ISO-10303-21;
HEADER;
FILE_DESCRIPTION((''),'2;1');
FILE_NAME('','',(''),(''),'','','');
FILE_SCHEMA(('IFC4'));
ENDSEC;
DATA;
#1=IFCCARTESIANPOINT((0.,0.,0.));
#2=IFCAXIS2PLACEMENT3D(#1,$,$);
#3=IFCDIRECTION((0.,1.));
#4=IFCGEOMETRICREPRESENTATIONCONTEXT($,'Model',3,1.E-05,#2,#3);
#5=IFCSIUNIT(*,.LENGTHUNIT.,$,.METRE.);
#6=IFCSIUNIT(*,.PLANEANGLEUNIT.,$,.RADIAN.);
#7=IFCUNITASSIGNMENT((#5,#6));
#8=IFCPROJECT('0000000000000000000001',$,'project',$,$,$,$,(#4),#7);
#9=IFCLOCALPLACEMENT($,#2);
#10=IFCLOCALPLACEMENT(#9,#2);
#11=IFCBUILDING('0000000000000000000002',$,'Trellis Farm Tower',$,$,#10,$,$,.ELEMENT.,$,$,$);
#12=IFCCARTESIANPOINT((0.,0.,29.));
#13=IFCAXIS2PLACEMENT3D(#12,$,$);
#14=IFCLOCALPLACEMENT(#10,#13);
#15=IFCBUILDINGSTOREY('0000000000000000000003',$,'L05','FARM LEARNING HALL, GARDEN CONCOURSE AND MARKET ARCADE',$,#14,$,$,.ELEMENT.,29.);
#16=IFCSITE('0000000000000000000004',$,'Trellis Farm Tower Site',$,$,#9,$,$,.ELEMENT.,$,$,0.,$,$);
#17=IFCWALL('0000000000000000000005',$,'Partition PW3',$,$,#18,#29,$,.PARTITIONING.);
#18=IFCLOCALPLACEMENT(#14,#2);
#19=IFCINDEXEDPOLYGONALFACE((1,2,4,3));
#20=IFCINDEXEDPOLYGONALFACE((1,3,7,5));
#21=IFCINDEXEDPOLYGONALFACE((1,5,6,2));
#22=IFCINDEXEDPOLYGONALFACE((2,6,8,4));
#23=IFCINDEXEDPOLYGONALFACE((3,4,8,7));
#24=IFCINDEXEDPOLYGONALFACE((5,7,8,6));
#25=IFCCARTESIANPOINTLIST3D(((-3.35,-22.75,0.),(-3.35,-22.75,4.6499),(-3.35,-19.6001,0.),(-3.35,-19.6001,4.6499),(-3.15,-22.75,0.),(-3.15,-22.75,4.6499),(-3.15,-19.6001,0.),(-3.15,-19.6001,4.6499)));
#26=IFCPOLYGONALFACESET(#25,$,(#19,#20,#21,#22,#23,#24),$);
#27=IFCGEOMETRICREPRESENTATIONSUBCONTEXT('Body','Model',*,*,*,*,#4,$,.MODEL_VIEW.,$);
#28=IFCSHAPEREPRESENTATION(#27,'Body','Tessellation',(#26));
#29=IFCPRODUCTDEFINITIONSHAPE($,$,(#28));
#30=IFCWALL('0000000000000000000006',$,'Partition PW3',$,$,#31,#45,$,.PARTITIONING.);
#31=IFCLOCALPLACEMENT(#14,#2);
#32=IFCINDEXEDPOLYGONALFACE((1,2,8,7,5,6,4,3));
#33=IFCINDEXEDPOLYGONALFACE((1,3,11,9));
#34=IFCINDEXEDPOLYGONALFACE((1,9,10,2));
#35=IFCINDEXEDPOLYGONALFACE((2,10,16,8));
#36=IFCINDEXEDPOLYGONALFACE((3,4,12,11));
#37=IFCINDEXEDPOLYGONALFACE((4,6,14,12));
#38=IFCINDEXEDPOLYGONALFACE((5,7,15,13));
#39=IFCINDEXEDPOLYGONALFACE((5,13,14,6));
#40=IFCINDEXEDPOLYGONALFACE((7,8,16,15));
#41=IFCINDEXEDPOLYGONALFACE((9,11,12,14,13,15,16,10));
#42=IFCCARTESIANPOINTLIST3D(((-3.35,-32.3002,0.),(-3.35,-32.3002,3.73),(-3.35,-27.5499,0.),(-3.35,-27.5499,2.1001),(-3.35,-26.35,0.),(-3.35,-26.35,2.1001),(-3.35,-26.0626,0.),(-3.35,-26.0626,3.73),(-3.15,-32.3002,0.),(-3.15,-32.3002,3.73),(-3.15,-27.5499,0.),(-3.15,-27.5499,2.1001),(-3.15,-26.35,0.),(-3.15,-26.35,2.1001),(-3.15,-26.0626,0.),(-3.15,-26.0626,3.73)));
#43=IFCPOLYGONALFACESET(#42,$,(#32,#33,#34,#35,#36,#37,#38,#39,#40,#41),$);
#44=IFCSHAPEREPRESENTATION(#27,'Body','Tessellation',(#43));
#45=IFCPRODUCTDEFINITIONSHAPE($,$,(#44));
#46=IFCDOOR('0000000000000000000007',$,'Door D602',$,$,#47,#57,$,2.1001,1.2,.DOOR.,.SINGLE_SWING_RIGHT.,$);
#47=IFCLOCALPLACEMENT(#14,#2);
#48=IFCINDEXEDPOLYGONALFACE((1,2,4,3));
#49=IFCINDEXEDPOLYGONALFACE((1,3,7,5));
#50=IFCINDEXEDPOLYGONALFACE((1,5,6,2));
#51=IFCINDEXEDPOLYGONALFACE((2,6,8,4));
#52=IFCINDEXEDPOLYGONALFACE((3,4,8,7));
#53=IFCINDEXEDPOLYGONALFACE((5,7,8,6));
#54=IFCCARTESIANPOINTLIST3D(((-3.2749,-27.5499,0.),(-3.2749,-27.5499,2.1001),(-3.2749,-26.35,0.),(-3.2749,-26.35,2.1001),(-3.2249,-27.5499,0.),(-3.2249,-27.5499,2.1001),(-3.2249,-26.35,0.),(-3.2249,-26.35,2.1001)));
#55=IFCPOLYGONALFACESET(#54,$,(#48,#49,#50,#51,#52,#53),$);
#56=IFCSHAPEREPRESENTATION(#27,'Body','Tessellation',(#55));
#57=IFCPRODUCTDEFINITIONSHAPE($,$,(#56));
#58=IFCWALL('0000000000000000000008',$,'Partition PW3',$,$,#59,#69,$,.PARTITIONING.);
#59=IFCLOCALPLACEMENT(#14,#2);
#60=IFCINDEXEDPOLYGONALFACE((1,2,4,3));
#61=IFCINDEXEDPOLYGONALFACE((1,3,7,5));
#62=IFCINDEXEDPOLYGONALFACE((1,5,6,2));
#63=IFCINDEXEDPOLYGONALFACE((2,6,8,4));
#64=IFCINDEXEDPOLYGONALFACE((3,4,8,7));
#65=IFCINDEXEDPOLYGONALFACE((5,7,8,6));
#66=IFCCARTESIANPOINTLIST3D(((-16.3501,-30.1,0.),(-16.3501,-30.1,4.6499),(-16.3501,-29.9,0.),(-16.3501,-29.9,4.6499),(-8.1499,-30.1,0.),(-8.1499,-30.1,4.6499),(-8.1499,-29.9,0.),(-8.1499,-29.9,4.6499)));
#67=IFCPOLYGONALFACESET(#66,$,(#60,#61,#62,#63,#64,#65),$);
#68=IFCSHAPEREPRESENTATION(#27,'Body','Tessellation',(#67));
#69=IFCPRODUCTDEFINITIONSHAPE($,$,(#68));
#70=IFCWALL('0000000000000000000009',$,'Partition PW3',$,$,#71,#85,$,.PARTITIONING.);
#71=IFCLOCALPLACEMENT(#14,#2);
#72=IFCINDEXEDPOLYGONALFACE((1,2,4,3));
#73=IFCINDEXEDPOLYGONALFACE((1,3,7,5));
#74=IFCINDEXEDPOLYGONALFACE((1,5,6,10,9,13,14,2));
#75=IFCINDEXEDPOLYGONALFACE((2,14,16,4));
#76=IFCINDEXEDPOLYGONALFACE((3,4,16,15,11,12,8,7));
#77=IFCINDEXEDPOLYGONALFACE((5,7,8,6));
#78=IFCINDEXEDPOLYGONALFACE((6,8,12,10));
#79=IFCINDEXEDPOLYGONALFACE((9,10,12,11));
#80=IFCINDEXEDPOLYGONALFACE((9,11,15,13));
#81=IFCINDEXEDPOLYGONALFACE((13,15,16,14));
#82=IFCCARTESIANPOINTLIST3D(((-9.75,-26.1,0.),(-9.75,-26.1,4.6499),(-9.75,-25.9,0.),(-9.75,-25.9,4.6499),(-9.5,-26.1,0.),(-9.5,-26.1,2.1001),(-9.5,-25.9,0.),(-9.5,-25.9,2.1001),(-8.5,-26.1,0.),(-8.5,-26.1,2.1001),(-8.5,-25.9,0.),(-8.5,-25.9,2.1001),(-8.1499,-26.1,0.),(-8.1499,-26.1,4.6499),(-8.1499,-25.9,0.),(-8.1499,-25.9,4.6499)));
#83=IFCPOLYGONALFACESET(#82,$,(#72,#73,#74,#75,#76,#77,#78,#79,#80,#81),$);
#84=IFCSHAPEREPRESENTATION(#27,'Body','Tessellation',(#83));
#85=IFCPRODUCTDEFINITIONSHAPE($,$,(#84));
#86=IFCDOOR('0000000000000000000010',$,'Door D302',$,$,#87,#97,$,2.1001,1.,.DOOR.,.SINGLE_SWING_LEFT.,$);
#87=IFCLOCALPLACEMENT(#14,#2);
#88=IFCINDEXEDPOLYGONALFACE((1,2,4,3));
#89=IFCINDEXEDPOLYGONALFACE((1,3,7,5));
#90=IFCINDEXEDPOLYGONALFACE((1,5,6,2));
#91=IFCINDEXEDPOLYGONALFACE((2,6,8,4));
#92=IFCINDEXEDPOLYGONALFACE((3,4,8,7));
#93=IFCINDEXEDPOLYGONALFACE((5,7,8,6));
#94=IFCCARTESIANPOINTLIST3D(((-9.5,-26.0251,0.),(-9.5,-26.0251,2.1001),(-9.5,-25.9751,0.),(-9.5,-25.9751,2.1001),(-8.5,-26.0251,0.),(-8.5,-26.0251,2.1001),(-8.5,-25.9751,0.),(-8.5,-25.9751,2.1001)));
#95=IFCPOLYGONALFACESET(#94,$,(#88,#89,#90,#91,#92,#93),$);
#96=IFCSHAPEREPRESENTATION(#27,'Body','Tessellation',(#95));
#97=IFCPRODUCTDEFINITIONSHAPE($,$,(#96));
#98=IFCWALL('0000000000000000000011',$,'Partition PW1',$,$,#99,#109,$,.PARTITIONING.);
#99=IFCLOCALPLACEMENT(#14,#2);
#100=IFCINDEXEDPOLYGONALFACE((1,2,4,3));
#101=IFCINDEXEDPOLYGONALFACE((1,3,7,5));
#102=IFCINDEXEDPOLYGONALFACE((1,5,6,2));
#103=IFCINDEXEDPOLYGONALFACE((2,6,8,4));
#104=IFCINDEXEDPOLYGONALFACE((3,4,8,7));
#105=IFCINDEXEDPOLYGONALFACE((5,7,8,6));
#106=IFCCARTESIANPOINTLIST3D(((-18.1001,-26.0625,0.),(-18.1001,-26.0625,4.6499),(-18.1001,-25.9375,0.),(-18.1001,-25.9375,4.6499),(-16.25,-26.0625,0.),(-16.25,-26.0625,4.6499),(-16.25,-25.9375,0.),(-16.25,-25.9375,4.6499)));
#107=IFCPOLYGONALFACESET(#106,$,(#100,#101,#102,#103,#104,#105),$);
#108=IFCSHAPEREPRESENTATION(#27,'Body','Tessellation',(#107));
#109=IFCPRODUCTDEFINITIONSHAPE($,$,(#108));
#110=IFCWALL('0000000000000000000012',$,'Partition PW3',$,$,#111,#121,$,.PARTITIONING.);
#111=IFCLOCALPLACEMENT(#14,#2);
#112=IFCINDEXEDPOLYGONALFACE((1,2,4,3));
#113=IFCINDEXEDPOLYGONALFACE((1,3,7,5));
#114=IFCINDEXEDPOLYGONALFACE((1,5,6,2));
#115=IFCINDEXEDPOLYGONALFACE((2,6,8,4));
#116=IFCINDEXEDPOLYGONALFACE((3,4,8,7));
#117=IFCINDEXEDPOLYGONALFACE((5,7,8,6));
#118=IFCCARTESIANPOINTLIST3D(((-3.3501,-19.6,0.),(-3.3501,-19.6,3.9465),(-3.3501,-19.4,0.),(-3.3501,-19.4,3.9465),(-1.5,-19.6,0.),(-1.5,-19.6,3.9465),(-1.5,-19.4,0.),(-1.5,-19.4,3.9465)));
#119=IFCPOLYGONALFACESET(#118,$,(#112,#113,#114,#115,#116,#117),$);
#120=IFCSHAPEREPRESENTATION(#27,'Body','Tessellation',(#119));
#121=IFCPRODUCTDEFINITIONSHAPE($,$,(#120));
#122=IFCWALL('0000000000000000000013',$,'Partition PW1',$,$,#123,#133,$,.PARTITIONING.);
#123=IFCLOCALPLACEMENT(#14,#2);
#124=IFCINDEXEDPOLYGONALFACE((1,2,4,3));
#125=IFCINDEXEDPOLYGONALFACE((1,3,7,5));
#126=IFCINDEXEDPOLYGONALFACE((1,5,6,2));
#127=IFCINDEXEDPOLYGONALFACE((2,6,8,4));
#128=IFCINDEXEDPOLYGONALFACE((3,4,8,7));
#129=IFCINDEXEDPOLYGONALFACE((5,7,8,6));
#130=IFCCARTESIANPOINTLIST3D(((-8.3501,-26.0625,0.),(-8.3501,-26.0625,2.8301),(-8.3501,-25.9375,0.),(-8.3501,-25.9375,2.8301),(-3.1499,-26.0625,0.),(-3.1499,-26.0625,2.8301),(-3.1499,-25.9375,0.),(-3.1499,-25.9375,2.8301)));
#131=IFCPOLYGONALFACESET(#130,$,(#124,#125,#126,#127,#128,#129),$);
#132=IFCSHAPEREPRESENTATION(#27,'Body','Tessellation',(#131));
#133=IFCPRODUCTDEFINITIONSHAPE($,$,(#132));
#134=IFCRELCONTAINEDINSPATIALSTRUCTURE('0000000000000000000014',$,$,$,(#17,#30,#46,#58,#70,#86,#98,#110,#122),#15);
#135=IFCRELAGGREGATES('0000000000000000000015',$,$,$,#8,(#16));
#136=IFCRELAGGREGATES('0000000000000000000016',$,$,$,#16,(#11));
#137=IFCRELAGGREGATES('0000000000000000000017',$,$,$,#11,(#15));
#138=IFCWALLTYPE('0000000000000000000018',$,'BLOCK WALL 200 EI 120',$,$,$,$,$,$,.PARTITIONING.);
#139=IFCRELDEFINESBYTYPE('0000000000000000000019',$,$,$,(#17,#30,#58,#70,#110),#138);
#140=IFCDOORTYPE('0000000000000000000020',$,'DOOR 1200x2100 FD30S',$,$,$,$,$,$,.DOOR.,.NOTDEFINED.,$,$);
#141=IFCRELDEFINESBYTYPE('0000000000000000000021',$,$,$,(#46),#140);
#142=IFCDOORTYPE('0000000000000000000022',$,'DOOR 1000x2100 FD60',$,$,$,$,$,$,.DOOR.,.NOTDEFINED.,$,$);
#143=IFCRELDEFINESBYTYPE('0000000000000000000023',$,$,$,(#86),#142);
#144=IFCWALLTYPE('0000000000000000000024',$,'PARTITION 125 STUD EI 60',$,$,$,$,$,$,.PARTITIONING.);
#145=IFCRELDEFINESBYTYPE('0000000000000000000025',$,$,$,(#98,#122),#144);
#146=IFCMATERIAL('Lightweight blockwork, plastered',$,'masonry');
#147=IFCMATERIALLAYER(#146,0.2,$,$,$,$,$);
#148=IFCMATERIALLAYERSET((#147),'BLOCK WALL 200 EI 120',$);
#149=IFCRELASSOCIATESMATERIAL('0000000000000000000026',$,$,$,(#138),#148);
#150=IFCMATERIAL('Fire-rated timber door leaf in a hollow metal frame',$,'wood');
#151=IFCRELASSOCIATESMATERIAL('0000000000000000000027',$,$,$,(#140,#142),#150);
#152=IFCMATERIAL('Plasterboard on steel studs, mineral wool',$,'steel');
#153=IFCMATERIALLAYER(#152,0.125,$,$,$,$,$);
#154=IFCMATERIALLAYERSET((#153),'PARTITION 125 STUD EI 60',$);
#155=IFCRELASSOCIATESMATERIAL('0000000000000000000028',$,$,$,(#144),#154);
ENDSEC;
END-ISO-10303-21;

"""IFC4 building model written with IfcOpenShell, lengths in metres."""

from ifc_helpers import new_model, si_unit, direction, frame, frame_2d, origin, place, context, subcontext, project, spatial, rectangle, extrude, source, transform, mapped, material, layer, layer_set, type_object, element, fill, save


model = new_model("IFC4")

# Units and contexts
model_context = context("Model", 3, precision=1e-05, world=origin(), true_north=direction((0.0, 1.0)))
body_context = subcontext(model_context, "Body", "Model", "MODEL_VIEW")
ifc_project = project(units=[si_unit("LENGTHUNIT", "METRE"), si_unit("PLANEANGLEUNIT", "RADIAN")], contexts=[model_context])

# Site, building, storey
site_placement = place(None, origin())
site = spatial("IfcSite", under=ifc_project, at=site_placement, Name="Trellis Farm Tower Site", CompositionType="ELEMENT", RefElevation=0.0)
building_placement = place(site_placement, origin())
building = spatial("IfcBuilding", under=site, at=building_placement, Name="Trellis Farm Tower", CompositionType="ELEMENT")
storey_placement = place(building_placement, frame((0.0, 0.0, 29.0)))
storey = spatial("IfcBuildingStorey", under=building, at=storey_placement, Name="L05", Description="FARM LEARNING HALL, GARDEN CONCOURSE AND MARKET ARCADE", CompositionType="ELEMENT", Elevation=29.0)

# Shared definitions
ifc_material_1 = material(Name="Lightweight blockwork, plastered", Category="masonry")
ifc_layer_1 = layer(ifc_material_1, 0.2)
ifc_layer_set_1 = layer_set([ifc_layer_1], Name="BLOCK WALL 200 EI 120")
wall_type_1 = type_object("IfcWallType", Name="BLOCK WALL 200 EI 120", PredefinedType="PARTITIONING", material=ifc_layer_set_1)

# Shared definitions
ifc_material_2 = material(Name="Fire-rated timber door leaf in a hollow metal frame", Category="wood")

# Wall
shared_shape_1 = source(origin(), body_context, "Body", "SweptSolid", [
    extrude(rectangle(XDim=3.1499, YDim=0.2, at=frame_2d((1.575, 0.0))), origin(), (0.0, 0.0, 1.0), 4.6499),
])
wall_1_placement = place(storey_placement, frame((-3.25, -22.75, 0.0), z_axis=(0.0, 0.0, 1.0), x_axis=(0.0, 1.0, 0.0)))
element("IfcWall", 1, at=wall_1_placement, inside=storey, type_object=wall_type_1, Name="Partition PW3", PredefinedType="PARTITIONING", context=body_context, shape_type="MappedRepresentation", body=[
    mapped(shared_shape_1, transform((0.0, 0.0, 0.0))),
])

# Wall, opening, door
shared_shape_2 = source(origin(), body_context, "Body", "SweptSolid", [
    extrude(rectangle(XDim=6.2375, YDim=0.2, at=frame_2d((3.1187, 0.0))), origin(), (0.0, 0.0, 1.0), 3.73),
])
wall_2_placement = place(storey_placement, frame((-3.25, -32.3, 0.0), z_axis=(0.0, 0.0, 1.0), x_axis=(0.0, 1.0, 0.0)))
wall_2 = element("IfcWall", 2, at=wall_2_placement, inside=storey, type_object=wall_type_1, Name="Partition PW3", PredefinedType="PARTITIONING", context=body_context, shape_type="MappedRepresentation", body=[
    mapped(shared_shape_2, transform((0.0, 0.0, 0.0))),
])
shared_shape_3 = source(origin(), body_context, "Body", "SweptSolid", [
    extrude(rectangle(XDim=1.2, YDim=2.1001, at=frame_2d((0.6001, 1.05))), frame((0.0, 0.1101, 0.0), z_axis=(0.0, -1.0, 0.0), x_axis=(1.0, 0.0, 0.0)), (0.0, 0.0, 1.0), 0.2202),
])
opening_1_placement = place(wall_2_placement, frame((4.75, 0.0, 0.0)))
opening_1 = element("IfcOpeningElement", 3, at=opening_1_placement, cuts=wall_2, PredefinedType="OPENING", context=body_context, shape_type="MappedRepresentation", body=[
    mapped(shared_shape_3, transform((0.0, 0.0, 0.0))),
])
door_type_1 = type_object("IfcDoorType", Name="DOOR 1200x2100 FD30S", OperationType="NOTDEFINED", PredefinedType="DOOR", material=ifc_material_2)
shared_shape_4 = source(origin(), body_context, "Body", "SweptSolid", [
    extrude(rectangle(XDim=1.2, YDim=2.1001, at=frame_2d((0.6001, 1.05))), frame((0.0, 0.0249, 0.0), z_axis=(0.0, -1.0, 0.0), x_axis=(1.0, 0.0, 0.0)), (0.0, 0.0, 1.0), 0.05),
])
door_1_placement = place(opening_1_placement, origin())
door_1 = element("IfcDoor", 4, at=door_1_placement, inside=storey, type_object=door_type_1, Name="Door D602", OperationType="SINGLE_SWING_RIGHT", OverallHeight=2.1001, OverallWidth=1.2, PredefinedType="DOOR", context=body_context, shape_type="MappedRepresentation", body=[
    mapped(shared_shape_4, transform((0.0, 0.0, 0.0))),
])
fill(opening_1, door_1)

# Wall
shared_shape_5 = source(origin(), body_context, "Body", "SweptSolid", [
    extrude(rectangle(XDim=8.2002, YDim=0.2, at=frame_2d((4.1001, 0.0))), origin(), (0.0, 0.0, 1.0), 4.6499),
])
wall_3_placement = place(storey_placement, frame((-16.3501, -30.0, 0.0), z_axis=(0.0, 0.0, 1.0), x_axis=(1.0, 0.0, 0.0)))
element("IfcWall", 5, at=wall_3_placement, inside=storey, type_object=wall_type_1, Name="Partition PW3", PredefinedType="PARTITIONING", context=body_context, shape_type="MappedRepresentation", body=[
    mapped(shared_shape_5, transform((0.0, 0.0, 0.0))),
])

# Wall, opening, door
shared_shape_6 = source(origin(), body_context, "Body", "SweptSolid", [
    extrude(rectangle(XDim=1.6001, YDim=0.2, at=frame_2d((0.8, 0.0))), origin(), (0.0, 0.0, 1.0), 4.6499),
])
wall_4_placement = place(storey_placement, frame((-9.75, -26.0, 0.0), z_axis=(0.0, 0.0, 1.0), x_axis=(1.0, 0.0, 0.0)))
wall_4 = element("IfcWall", 6, at=wall_4_placement, inside=storey, type_object=wall_type_1, Name="Partition PW3", PredefinedType="PARTITIONING", context=body_context, shape_type="MappedRepresentation", body=[
    mapped(shared_shape_6, transform((0.0, 0.0, 0.0))),
])
shared_shape_7 = source(origin(), body_context, "Body", "SweptSolid", [
    extrude(rectangle(XDim=1.0, YDim=2.1001, at=frame_2d((0.5, 1.05))), frame((0.0, 0.1101, 0.0), z_axis=(0.0, -1.0, 0.0), x_axis=(1.0, 0.0, 0.0)), (0.0, 0.0, 1.0), 0.2202),
])
opening_2_placement = place(wall_4_placement, frame((0.25, 0.0, 0.0)))
opening_2 = element("IfcOpeningElement", 7, at=opening_2_placement, cuts=wall_4, PredefinedType="OPENING", context=body_context, shape_type="MappedRepresentation", body=[
    mapped(shared_shape_7, transform((0.0, 0.0, 0.0))),
])
door_type_2 = type_object("IfcDoorType", Name="DOOR 1000x2100 FD60", OperationType="NOTDEFINED", PredefinedType="DOOR", material=ifc_material_2)
shared_shape_8 = source(origin(), body_context, "Body", "SweptSolid", [
    extrude(rectangle(XDim=1.0, YDim=2.1001, at=frame_2d((0.5, 1.05))), frame((0.0, 0.0249, 0.0), z_axis=(0.0, -1.0, 0.0), x_axis=(1.0, 0.0, 0.0)), (0.0, 0.0, 1.0), 0.05),
])
door_2_placement = place(opening_2_placement, origin())
door_2 = element("IfcDoor", 8, at=door_2_placement, inside=storey, type_object=door_type_2, Name="Door D302", OperationType="SINGLE_SWING_LEFT", OverallHeight=2.1001, OverallWidth=1.0, PredefinedType="DOOR", context=body_context, shape_type="MappedRepresentation", body=[
    mapped(shared_shape_8, transform((0.0, 0.0, 0.0))),
])
fill(opening_2, door_2)

# Walls
ifc_material_3 = material(Name="Plasterboard on steel studs, mineral wool", Category="steel")
ifc_layer_2 = layer(ifc_material_3, 0.125)
ifc_layer_set_2 = layer_set([ifc_layer_2], Name="PARTITION 125 STUD EI 60")
wall_type_2 = type_object("IfcWallType", Name="PARTITION 125 STUD EI 60", PredefinedType="PARTITIONING", material=ifc_layer_set_2)
shared_shape_9 = source(origin(), body_context, "Body", "SweptSolid", [
    extrude(rectangle(XDim=1.8501, YDim=0.125, at=frame_2d((0.925, 0.0))), origin(), (0.0, 0.0, 1.0), 4.6499),
])
wall_5_placement = place(storey_placement, frame((-16.25, -26.0, 0.0), z_axis=(0.0, 0.0, 1.0), x_axis=(-1.0, 0.0, 0.0)))
element("IfcWall", 9, at=wall_5_placement, inside=storey, type_object=wall_type_2, Name="Partition PW1", PredefinedType="PARTITIONING", context=body_context, shape_type="MappedRepresentation", body=[
    mapped(shared_shape_9, transform((0.0, 0.0, 0.0))),
])
shared_shape_10 = source(origin(), body_context, "Body", "SweptSolid", [
    extrude(rectangle(XDim=1.8501, YDim=0.2, at=frame_2d((0.925, 0.0))), origin(), (0.0, 0.0, 1.0), 3.9465),
])
wall_6_placement = place(storey_placement, frame((-3.3501, -19.5, 0.0), z_axis=(0.0, 0.0, 1.0), x_axis=(1.0, 0.0, 0.0)))
element("IfcWall", 10, at=wall_6_placement, inside=storey, type_object=wall_type_1, Name="Partition PW3", PredefinedType="PARTITIONING", context=body_context, shape_type="MappedRepresentation", body=[
    mapped(shared_shape_10, transform((0.0, 0.0, 0.0))),
])
shared_shape_11 = source(origin(), body_context, "Body", "SweptSolid", [
    extrude(rectangle(XDim=5.2002, YDim=0.125, at=frame_2d((2.6001, 0.0))), origin(), (0.0, 0.0, 1.0), 2.8301),
])
wall_7_placement = place(storey_placement, frame((-3.1499, -26.0, 0.0), z_axis=(0.0, 0.0, 1.0), x_axis=(-1.0, 0.0, 0.0)))
element("IfcWall", 11, at=wall_7_placement, inside=storey, type_object=wall_type_2, Name="Partition PW1", PredefinedType="PARTITIONING", context=body_context, shape_type="MappedRepresentation", body=[
    mapped(shared_shape_11, transform((0.0, 0.0, 0.0))),
])

save(model, "model.ifc")
